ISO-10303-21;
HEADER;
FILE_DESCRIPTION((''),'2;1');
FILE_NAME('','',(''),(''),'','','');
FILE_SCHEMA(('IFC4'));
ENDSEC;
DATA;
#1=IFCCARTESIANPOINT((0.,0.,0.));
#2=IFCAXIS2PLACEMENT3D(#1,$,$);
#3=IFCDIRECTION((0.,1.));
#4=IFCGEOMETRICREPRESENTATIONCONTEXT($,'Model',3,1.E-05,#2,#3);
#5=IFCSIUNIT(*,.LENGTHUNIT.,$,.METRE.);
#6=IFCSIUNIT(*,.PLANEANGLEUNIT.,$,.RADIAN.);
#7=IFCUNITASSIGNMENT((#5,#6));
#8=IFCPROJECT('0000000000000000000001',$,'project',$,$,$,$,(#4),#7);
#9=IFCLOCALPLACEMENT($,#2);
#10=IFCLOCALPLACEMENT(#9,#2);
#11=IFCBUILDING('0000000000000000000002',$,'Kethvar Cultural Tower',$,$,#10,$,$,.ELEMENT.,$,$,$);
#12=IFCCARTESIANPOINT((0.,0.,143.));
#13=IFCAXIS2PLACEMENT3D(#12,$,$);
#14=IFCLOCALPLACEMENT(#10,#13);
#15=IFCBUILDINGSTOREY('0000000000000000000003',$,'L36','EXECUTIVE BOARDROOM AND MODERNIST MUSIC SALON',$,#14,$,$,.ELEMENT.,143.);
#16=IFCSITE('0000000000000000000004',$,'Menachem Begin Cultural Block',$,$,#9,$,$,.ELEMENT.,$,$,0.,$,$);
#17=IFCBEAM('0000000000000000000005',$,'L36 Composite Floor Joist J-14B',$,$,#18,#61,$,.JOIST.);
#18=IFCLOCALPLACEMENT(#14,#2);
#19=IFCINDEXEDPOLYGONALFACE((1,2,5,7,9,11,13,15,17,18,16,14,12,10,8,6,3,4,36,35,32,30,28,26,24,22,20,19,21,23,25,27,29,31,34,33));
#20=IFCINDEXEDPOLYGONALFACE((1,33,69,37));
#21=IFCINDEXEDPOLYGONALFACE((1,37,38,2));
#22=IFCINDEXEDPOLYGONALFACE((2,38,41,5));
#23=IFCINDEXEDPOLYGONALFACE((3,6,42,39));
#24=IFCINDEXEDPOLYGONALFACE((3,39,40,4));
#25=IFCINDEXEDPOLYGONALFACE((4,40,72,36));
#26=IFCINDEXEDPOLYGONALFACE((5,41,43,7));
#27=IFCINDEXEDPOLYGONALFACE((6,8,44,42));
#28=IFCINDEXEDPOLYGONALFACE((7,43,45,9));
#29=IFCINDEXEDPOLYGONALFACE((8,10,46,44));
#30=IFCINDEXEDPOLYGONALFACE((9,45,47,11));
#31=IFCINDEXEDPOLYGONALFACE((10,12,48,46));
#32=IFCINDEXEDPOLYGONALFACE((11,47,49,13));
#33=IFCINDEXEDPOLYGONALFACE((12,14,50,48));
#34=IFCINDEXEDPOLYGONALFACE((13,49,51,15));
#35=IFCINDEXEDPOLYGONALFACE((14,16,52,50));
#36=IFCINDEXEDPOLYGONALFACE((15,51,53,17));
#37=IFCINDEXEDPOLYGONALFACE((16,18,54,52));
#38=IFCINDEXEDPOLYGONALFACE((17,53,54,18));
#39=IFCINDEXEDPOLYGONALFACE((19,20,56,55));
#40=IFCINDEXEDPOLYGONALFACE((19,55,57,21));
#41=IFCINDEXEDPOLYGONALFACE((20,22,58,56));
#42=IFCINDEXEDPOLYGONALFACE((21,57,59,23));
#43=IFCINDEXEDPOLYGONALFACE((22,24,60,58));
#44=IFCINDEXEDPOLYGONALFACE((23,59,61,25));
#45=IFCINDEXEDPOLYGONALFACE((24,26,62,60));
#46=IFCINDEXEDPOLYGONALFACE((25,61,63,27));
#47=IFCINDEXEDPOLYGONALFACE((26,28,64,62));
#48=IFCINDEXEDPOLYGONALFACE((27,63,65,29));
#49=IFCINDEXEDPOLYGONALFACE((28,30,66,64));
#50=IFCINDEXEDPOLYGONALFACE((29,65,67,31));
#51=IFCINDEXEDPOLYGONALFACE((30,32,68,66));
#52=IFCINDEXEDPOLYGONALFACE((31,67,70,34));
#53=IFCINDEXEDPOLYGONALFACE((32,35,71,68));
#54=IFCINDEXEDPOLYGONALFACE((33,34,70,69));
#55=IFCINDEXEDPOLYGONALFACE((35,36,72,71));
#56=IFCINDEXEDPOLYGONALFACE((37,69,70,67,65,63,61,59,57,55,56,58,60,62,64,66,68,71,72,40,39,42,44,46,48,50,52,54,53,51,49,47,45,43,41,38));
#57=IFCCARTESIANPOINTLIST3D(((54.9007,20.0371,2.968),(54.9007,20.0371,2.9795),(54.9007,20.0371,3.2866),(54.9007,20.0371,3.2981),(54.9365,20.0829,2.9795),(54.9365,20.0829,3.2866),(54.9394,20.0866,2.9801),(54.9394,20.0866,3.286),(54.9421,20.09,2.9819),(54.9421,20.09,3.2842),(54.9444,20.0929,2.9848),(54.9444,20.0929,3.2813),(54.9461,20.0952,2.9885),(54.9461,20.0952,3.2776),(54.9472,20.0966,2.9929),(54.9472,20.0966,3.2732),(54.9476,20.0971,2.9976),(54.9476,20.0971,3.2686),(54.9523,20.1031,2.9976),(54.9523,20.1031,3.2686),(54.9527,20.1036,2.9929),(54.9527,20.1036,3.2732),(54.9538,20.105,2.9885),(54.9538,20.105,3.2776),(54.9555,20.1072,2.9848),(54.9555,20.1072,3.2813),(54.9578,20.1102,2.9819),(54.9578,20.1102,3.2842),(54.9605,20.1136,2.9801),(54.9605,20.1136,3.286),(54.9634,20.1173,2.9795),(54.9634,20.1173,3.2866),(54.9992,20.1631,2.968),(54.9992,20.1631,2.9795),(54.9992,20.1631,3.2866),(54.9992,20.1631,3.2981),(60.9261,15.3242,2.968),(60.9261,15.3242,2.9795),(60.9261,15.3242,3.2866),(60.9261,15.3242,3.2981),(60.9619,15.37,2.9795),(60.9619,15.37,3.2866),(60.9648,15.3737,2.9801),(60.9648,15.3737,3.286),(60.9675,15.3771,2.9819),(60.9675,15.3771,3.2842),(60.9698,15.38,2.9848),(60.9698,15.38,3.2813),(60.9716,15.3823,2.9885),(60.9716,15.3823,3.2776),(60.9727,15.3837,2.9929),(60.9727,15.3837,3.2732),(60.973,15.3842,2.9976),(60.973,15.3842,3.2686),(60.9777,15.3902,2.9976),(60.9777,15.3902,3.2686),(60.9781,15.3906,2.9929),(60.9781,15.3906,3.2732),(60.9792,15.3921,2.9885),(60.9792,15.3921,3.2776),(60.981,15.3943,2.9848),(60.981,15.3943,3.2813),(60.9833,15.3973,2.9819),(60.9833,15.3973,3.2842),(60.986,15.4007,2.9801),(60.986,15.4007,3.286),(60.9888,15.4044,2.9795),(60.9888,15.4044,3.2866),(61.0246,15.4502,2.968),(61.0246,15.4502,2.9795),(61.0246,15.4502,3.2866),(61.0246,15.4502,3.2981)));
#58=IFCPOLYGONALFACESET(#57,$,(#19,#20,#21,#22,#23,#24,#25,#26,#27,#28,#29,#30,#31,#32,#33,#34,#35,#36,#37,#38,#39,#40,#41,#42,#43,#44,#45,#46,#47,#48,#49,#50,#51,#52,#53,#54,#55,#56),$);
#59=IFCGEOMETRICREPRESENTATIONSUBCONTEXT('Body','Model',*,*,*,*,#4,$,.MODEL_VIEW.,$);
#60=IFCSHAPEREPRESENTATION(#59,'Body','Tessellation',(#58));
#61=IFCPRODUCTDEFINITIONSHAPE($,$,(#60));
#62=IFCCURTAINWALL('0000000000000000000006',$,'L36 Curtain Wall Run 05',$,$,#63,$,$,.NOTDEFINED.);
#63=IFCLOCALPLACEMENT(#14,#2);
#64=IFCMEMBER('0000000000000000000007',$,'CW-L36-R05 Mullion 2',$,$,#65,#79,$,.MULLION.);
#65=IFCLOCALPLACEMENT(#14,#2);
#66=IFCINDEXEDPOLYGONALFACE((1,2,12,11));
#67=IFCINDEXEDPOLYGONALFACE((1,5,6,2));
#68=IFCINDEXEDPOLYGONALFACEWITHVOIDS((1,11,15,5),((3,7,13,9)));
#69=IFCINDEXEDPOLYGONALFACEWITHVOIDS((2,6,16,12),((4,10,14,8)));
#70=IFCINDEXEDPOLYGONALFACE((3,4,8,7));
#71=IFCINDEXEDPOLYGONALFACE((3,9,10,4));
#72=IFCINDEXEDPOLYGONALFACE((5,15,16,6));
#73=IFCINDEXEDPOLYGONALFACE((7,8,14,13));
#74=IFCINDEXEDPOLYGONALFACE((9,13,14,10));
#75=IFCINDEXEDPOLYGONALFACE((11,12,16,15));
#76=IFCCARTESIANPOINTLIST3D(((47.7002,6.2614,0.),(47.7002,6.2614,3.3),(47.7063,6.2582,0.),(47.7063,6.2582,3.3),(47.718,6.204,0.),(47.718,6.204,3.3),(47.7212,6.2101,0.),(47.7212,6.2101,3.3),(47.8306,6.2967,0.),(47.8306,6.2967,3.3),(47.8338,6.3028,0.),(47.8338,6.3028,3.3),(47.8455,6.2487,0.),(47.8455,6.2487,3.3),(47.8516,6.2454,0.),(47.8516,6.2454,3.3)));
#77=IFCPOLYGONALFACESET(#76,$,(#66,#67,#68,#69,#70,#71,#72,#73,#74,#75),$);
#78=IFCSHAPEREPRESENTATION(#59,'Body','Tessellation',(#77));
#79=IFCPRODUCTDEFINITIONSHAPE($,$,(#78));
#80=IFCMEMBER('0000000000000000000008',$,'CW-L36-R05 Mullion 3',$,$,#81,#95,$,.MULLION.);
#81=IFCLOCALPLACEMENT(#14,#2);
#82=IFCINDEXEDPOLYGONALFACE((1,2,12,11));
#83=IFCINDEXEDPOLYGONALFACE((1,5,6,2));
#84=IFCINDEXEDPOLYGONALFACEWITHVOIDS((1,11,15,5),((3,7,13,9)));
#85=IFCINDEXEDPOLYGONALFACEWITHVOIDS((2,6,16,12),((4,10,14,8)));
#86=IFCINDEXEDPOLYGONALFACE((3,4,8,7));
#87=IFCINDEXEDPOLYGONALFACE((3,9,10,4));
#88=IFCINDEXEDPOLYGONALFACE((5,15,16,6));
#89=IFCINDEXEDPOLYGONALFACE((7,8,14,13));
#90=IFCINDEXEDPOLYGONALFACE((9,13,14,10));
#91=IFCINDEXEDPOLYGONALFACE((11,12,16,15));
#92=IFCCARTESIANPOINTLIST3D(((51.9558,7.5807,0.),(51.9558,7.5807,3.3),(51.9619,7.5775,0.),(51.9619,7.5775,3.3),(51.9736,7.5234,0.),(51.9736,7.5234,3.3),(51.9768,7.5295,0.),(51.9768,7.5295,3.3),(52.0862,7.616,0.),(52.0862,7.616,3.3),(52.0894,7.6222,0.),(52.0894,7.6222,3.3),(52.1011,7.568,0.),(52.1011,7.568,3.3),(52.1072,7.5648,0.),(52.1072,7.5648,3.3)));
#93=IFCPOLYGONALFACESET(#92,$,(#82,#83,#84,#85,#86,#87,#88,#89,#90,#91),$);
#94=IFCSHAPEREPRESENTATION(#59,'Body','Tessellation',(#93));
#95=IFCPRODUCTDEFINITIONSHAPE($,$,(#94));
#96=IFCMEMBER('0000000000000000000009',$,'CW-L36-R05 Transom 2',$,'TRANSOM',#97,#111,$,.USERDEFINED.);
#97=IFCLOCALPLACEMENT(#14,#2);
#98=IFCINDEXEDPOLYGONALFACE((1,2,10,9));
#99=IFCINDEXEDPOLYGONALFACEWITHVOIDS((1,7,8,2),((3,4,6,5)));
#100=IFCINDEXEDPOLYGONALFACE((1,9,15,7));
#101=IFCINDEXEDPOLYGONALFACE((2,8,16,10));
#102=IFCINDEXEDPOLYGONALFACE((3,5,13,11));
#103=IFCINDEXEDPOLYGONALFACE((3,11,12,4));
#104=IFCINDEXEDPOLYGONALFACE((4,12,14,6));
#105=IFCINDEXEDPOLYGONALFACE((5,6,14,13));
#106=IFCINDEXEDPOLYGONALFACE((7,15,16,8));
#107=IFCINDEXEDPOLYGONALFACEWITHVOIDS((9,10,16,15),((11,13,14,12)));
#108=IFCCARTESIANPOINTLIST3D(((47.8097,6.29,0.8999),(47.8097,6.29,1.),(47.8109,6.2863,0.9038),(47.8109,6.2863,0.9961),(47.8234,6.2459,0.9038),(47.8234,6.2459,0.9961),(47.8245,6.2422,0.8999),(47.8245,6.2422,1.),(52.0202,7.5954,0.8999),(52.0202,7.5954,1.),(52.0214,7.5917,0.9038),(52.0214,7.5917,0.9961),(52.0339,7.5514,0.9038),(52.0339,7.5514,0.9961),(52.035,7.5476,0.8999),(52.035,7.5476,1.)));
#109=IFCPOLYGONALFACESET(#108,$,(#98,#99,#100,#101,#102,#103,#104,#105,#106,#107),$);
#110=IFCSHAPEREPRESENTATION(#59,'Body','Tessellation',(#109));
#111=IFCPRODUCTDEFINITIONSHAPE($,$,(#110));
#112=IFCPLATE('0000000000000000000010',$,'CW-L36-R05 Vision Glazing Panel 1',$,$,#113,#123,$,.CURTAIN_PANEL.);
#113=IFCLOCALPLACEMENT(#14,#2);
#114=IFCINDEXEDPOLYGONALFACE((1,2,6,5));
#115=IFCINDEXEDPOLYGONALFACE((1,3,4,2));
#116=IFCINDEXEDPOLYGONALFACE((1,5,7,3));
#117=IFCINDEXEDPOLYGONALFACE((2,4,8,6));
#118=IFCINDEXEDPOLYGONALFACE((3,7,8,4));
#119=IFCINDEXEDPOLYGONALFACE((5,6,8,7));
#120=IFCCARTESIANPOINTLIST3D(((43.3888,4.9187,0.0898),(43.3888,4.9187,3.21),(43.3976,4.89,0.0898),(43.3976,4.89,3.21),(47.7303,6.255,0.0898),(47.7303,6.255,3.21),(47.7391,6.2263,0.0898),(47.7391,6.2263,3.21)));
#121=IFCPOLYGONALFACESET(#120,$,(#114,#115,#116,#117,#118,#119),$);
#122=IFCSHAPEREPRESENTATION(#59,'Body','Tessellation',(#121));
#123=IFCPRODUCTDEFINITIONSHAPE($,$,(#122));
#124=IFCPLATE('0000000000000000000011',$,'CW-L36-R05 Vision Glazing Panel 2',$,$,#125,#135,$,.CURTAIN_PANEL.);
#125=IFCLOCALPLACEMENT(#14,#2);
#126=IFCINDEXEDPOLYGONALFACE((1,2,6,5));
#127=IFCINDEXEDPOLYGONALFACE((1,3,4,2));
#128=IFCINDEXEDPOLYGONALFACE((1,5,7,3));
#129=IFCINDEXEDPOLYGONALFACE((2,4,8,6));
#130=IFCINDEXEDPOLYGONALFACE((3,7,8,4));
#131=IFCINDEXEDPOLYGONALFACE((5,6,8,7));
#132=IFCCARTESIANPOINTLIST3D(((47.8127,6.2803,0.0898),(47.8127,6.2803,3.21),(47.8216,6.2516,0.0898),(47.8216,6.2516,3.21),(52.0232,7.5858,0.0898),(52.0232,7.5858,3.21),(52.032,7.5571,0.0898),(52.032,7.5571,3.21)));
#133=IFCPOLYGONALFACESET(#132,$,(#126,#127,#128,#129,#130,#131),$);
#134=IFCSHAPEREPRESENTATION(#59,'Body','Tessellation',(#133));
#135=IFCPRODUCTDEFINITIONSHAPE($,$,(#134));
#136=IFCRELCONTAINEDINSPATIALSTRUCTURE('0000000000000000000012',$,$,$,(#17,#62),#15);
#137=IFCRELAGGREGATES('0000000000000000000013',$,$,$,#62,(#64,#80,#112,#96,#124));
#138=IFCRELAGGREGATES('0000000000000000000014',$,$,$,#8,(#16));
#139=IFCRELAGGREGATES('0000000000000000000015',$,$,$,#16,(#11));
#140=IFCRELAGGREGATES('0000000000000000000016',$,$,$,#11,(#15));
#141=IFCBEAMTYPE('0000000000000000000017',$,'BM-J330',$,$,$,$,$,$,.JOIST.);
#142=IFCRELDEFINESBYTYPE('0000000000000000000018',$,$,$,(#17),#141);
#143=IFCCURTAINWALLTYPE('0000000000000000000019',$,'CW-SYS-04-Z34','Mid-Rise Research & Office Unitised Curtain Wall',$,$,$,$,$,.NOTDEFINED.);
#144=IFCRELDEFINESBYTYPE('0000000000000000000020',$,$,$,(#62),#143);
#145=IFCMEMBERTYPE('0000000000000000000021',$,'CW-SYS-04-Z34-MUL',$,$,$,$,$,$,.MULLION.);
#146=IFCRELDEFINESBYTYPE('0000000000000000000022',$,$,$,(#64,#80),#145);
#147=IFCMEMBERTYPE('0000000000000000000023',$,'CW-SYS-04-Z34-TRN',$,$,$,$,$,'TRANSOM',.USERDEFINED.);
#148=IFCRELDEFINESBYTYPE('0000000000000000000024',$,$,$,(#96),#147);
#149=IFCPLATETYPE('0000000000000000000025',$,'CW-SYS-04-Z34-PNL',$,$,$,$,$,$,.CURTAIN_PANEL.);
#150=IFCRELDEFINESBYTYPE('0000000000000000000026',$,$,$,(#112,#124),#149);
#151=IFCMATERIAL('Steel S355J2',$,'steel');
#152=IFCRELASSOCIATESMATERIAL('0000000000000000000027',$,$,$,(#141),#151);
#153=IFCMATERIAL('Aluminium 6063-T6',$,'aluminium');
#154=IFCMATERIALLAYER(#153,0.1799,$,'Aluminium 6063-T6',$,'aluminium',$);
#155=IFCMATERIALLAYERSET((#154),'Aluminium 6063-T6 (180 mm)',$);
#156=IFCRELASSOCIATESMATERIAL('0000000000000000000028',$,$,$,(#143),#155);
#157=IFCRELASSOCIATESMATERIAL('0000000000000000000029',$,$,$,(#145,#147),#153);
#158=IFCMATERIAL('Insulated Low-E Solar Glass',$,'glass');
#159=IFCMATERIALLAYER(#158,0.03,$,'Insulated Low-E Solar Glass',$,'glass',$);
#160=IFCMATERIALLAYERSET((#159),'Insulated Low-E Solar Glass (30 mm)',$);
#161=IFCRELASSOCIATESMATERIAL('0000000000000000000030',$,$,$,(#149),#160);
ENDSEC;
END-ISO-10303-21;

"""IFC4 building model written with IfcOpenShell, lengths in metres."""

from ifc_helpers import new_model, si_unit, direction, frame, origin, origin_2d, place, context, subcontext, project, spatial, rectangle, hollow_rectangle, i_section, extrude, source, transform, mapped, material, layer, layer_set, material_profile, profile_set, type_object, element, aggregate, save


model = new_model("IFC4")

# Units and contexts
model_context = context("Model", 3, precision=1e-05, world=origin(), true_north=direction((0.0, 1.0)))
body_context = subcontext(model_context, "Body", "Model", "MODEL_VIEW")
ifc_project = project(units=[si_unit("LENGTHUNIT", "METRE"), si_unit("PLANEANGLEUNIT", "RADIAN")], contexts=[model_context])

# Site, building, storey
site_placement = place(None, origin())
site = spatial("IfcSite", under=ifc_project, at=site_placement, Name="Menachem Begin Cultural Block", CompositionType="ELEMENT", RefElevation=0.0)
building_placement = place(site_placement, origin())
building = spatial("IfcBuilding", under=site, at=building_placement, Name="Kethvar Cultural Tower", CompositionType="ELEMENT")
storey_placement = place(building_placement, frame((0.0, 0.0, 143.0)))
storey = spatial("IfcBuildingStorey", under=building, at=storey_placement, Name="L36", Description="EXECUTIVE BOARDROOM AND MODERNIST MUSIC SALON", CompositionType="ELEMENT", Elevation=143.0)

# Beam
ifc_material_1 = material(Name="Steel S355J2", Category="steel")
ifc_material_profile_1 = material_profile(ifc_material_1, i_section(OverallWidth=0.1599, OverallDepth=0.3301, WebThickness=0.0076, FlangeThickness=0.0115, FilletRadius=0.0181, at=origin_2d()), Name="Steel S355J2 — IPE330")
ifc_profile_set_1 = profile_set([ifc_material_profile_1], Name="Steel S355J2 — IPE330")
beam_type_1 = type_object("IfcBeamType", Name="BM-J330", PredefinedType="JOIST", material=ifc_profile_set_1)
shared_shape_1 = source(origin(), body_context, "Body", "SweptSolid", [
    extrude(i_section(OverallWidth=0.1599, OverallDepth=0.3301, WebThickness=0.0076, FlangeThickness=0.0115, FilletRadius=0.0181, at=origin_2d()), origin(), (0.0, 0.0, 1.0), 7.6497),
])
beam_1_placement = place(storey_placement, frame((54.95, 20.1001, 3.1331), z_axis=(0.787672, -0.616095, 0.0), x_axis=(0.616095, 0.787672, 0.0)))
element("IfcBeam", 1, at=beam_1_placement, inside=storey, type_object=beam_type_1, Name="L36 Composite Floor Joist J-14B", PredefinedType="JOIST", context=body_context, shape_type="MappedRepresentation", body=[
    mapped(shared_shape_1, transform((0.0, 0.0, 0.0), scale=1.0)),
])

# Curtain wall, members, plates
ifc_material_2 = material(Name="Aluminium 6063-T6", Category="aluminium")
ifc_layer_1 = layer(ifc_material_2, 0.1799, Name="Aluminium 6063-T6", Category="aluminium")
ifc_layer_set_1 = layer_set([ifc_layer_1], Name="Aluminium 6063-T6 (180 mm)")
curtain_wall_type = type_object("IfcCurtainWallType", Name="CW-SYS-04-Z34", Description="Mid-Rise Research & Office Unitised Curtain Wall", PredefinedType="NOTDEFINED", material=ifc_layer_set_1)
curtain_wall_placement = place(storey_placement, origin())
curtain_wall = element("IfcCurtainWall", 2, at=curtain_wall_placement, inside=storey, type_object=curtain_wall_type, Name="L36 Curtain Wall Run 05", PredefinedType="NOTDEFINED")
ifc_material_profile_2 = material_profile(ifc_material_2, hollow_rectangle(XDim=0.0601, YDim=0.1399, WallThickness=0.0049, at=origin_2d()), Name="Aluminium 6063-T6 — RHS140x60x5")
ifc_profile_set_2 = profile_set([ifc_material_profile_2], Name="Aluminium 6063-T6 — RHS140x60x5")
member_type_1 = type_object("IfcMemberType", Name="CW-SYS-04-Z34-MUL", PredefinedType="MULLION", material=ifc_profile_set_2)
shared_shape_2 = source(origin(), body_context, "Body", "SweptSolid", [
    extrude(hollow_rectangle(XDim=0.0601, YDim=0.1399, WallThickness=0.0049, at=origin_2d()), origin(), (0.0, 0.0, 1.0), 3.3),
])
member_1_placement = place(storey_placement, frame((47.7759, 6.2534, 0.0), z_axis=(0.0, 0.0, 1.0), x_axis=(-0.296142, 0.955144, 0.0)))
member_1 = element("IfcMember", 3, at=member_1_placement, type_object=member_type_1, Name="CW-L36-R05 Mullion 2", PredefinedType="MULLION", context=body_context, shape_type="MappedRepresentation", body=[
    mapped(shared_shape_2, transform((0.0, 0.0, 0.0), scale=1.0)),
])
member_2_placement = place(storey_placement, frame((52.0315, 7.5728, 0.0), z_axis=(0.0, 0.0, 1.0), x_axis=(-0.296142, 0.955144, 0.0)))
member_2 = element("IfcMember", 4, at=member_2_placement, type_object=member_type_1, Name="CW-L36-R05 Mullion 3", PredefinedType="MULLION", context=body_context, shape_type="MappedRepresentation", body=[
    mapped(shared_shape_2, transform((0.0, 0.0, 0.0), scale=1.0)),
])
ifc_material_profile_3 = material_profile(ifc_material_2, hollow_rectangle(XDim=0.05, YDim=0.1001, WallThickness=0.0039, at=origin_2d()), Name="Aluminium 6063-T6 — RHS100x50x4")
ifc_profile_set_3 = profile_set([ifc_material_profile_3], Name="Aluminium 6063-T6 — RHS100x50x4")
member_type_2 = type_object("IfcMemberType", Name="CW-SYS-04-Z34-TRN", ElementType="TRANSOM", PredefinedType="USERDEFINED", material=ifc_profile_set_3)
shared_shape_3 = source(origin(), body_context, "Body", "SweptSolid", [
    extrude(hollow_rectangle(XDim=0.05, YDim=0.1001, WallThickness=0.0039, at=origin_2d()), origin(), (0.0, 0.0, 1.0), 4.4082),
])
member_3_placement = place(storey_placement, frame((47.8171, 6.2661, 0.95), z_axis=(0.955146, 0.296136, 0.0), x_axis=(-0.296136, 0.955146, 0.0)))
member_3 = element("IfcMember", 5, at=member_3_placement, type_object=member_type_2, Name="CW-L36-R05 Transom 2", ObjectType="TRANSOM", PredefinedType="USERDEFINED", context=body_context, shape_type="MappedRepresentation", body=[
    mapped(shared_shape_3, transform((0.0, 0.0, 0.0), scale=1.0)),
])
ifc_material_3 = material(Name="Insulated Low-E Solar Glass", Category="glass")
ifc_layer_2 = layer(ifc_material_3, 0.03, Name="Insulated Low-E Solar Glass", Category="glass")
ifc_layer_set_2 = layer_set([ifc_layer_2], Name="Insulated Low-E Solar Glass (30 mm)")
plate_type = type_object("IfcPlateType", Name="CW-SYS-04-Z34-PNL", PredefinedType="CURTAIN_PANEL", material=ifc_layer_set_2)
shared_shape_4 = source(origin(), body_context, "Body", "SweptSolid", [
    extrude(rectangle(XDim=4.5425, YDim=0.03, at=origin_2d()), origin(), (0.0, 0.0, 1.0), 3.1201),
])
plate_1_placement = place(storey_placement, frame((45.564, 5.5725, 0.0898), z_axis=(0.0, 0.0, 1.0), x_axis=(0.955752, 0.294174, 0.0)))
plate_1 = element("IfcPlate", 6, at=plate_1_placement, type_object=plate_type, Name="CW-L36-R05 Vision Glazing Panel 1", PredefinedType="CURTAIN_PANEL", context=body_context, shape_type="MappedRepresentation", body=[
    mapped(shared_shape_4, transform((0.0, 0.0, 0.0), scale=1.0)),
])
shared_shape_5 = source(origin(), body_context, "Body", "SweptSolid", [
    extrude(rectangle(XDim=4.4082, YDim=0.03, at=origin_2d()), origin(), (0.0, 0.0, 1.0), 3.1201),
])
plate_2_placement = place(storey_placement, frame((49.9224, 6.9187, 0.0898), z_axis=(0.0, 0.0, 1.0), x_axis=(0.955144, 0.296142, 0.0)))
plate_2 = element("IfcPlate", 7, at=plate_2_placement, type_object=plate_type, Name="CW-L36-R05 Vision Glazing Panel 2", PredefinedType="CURTAIN_PANEL", context=body_context, shape_type="MappedRepresentation", body=[
    mapped(shared_shape_5, transform((0.0, 0.0, 0.0), scale=1.0)),
])
aggregate(curtain_wall, [member_1, member_2, plate_1, member_3, plate_2])

save(model, "model.ifc")
